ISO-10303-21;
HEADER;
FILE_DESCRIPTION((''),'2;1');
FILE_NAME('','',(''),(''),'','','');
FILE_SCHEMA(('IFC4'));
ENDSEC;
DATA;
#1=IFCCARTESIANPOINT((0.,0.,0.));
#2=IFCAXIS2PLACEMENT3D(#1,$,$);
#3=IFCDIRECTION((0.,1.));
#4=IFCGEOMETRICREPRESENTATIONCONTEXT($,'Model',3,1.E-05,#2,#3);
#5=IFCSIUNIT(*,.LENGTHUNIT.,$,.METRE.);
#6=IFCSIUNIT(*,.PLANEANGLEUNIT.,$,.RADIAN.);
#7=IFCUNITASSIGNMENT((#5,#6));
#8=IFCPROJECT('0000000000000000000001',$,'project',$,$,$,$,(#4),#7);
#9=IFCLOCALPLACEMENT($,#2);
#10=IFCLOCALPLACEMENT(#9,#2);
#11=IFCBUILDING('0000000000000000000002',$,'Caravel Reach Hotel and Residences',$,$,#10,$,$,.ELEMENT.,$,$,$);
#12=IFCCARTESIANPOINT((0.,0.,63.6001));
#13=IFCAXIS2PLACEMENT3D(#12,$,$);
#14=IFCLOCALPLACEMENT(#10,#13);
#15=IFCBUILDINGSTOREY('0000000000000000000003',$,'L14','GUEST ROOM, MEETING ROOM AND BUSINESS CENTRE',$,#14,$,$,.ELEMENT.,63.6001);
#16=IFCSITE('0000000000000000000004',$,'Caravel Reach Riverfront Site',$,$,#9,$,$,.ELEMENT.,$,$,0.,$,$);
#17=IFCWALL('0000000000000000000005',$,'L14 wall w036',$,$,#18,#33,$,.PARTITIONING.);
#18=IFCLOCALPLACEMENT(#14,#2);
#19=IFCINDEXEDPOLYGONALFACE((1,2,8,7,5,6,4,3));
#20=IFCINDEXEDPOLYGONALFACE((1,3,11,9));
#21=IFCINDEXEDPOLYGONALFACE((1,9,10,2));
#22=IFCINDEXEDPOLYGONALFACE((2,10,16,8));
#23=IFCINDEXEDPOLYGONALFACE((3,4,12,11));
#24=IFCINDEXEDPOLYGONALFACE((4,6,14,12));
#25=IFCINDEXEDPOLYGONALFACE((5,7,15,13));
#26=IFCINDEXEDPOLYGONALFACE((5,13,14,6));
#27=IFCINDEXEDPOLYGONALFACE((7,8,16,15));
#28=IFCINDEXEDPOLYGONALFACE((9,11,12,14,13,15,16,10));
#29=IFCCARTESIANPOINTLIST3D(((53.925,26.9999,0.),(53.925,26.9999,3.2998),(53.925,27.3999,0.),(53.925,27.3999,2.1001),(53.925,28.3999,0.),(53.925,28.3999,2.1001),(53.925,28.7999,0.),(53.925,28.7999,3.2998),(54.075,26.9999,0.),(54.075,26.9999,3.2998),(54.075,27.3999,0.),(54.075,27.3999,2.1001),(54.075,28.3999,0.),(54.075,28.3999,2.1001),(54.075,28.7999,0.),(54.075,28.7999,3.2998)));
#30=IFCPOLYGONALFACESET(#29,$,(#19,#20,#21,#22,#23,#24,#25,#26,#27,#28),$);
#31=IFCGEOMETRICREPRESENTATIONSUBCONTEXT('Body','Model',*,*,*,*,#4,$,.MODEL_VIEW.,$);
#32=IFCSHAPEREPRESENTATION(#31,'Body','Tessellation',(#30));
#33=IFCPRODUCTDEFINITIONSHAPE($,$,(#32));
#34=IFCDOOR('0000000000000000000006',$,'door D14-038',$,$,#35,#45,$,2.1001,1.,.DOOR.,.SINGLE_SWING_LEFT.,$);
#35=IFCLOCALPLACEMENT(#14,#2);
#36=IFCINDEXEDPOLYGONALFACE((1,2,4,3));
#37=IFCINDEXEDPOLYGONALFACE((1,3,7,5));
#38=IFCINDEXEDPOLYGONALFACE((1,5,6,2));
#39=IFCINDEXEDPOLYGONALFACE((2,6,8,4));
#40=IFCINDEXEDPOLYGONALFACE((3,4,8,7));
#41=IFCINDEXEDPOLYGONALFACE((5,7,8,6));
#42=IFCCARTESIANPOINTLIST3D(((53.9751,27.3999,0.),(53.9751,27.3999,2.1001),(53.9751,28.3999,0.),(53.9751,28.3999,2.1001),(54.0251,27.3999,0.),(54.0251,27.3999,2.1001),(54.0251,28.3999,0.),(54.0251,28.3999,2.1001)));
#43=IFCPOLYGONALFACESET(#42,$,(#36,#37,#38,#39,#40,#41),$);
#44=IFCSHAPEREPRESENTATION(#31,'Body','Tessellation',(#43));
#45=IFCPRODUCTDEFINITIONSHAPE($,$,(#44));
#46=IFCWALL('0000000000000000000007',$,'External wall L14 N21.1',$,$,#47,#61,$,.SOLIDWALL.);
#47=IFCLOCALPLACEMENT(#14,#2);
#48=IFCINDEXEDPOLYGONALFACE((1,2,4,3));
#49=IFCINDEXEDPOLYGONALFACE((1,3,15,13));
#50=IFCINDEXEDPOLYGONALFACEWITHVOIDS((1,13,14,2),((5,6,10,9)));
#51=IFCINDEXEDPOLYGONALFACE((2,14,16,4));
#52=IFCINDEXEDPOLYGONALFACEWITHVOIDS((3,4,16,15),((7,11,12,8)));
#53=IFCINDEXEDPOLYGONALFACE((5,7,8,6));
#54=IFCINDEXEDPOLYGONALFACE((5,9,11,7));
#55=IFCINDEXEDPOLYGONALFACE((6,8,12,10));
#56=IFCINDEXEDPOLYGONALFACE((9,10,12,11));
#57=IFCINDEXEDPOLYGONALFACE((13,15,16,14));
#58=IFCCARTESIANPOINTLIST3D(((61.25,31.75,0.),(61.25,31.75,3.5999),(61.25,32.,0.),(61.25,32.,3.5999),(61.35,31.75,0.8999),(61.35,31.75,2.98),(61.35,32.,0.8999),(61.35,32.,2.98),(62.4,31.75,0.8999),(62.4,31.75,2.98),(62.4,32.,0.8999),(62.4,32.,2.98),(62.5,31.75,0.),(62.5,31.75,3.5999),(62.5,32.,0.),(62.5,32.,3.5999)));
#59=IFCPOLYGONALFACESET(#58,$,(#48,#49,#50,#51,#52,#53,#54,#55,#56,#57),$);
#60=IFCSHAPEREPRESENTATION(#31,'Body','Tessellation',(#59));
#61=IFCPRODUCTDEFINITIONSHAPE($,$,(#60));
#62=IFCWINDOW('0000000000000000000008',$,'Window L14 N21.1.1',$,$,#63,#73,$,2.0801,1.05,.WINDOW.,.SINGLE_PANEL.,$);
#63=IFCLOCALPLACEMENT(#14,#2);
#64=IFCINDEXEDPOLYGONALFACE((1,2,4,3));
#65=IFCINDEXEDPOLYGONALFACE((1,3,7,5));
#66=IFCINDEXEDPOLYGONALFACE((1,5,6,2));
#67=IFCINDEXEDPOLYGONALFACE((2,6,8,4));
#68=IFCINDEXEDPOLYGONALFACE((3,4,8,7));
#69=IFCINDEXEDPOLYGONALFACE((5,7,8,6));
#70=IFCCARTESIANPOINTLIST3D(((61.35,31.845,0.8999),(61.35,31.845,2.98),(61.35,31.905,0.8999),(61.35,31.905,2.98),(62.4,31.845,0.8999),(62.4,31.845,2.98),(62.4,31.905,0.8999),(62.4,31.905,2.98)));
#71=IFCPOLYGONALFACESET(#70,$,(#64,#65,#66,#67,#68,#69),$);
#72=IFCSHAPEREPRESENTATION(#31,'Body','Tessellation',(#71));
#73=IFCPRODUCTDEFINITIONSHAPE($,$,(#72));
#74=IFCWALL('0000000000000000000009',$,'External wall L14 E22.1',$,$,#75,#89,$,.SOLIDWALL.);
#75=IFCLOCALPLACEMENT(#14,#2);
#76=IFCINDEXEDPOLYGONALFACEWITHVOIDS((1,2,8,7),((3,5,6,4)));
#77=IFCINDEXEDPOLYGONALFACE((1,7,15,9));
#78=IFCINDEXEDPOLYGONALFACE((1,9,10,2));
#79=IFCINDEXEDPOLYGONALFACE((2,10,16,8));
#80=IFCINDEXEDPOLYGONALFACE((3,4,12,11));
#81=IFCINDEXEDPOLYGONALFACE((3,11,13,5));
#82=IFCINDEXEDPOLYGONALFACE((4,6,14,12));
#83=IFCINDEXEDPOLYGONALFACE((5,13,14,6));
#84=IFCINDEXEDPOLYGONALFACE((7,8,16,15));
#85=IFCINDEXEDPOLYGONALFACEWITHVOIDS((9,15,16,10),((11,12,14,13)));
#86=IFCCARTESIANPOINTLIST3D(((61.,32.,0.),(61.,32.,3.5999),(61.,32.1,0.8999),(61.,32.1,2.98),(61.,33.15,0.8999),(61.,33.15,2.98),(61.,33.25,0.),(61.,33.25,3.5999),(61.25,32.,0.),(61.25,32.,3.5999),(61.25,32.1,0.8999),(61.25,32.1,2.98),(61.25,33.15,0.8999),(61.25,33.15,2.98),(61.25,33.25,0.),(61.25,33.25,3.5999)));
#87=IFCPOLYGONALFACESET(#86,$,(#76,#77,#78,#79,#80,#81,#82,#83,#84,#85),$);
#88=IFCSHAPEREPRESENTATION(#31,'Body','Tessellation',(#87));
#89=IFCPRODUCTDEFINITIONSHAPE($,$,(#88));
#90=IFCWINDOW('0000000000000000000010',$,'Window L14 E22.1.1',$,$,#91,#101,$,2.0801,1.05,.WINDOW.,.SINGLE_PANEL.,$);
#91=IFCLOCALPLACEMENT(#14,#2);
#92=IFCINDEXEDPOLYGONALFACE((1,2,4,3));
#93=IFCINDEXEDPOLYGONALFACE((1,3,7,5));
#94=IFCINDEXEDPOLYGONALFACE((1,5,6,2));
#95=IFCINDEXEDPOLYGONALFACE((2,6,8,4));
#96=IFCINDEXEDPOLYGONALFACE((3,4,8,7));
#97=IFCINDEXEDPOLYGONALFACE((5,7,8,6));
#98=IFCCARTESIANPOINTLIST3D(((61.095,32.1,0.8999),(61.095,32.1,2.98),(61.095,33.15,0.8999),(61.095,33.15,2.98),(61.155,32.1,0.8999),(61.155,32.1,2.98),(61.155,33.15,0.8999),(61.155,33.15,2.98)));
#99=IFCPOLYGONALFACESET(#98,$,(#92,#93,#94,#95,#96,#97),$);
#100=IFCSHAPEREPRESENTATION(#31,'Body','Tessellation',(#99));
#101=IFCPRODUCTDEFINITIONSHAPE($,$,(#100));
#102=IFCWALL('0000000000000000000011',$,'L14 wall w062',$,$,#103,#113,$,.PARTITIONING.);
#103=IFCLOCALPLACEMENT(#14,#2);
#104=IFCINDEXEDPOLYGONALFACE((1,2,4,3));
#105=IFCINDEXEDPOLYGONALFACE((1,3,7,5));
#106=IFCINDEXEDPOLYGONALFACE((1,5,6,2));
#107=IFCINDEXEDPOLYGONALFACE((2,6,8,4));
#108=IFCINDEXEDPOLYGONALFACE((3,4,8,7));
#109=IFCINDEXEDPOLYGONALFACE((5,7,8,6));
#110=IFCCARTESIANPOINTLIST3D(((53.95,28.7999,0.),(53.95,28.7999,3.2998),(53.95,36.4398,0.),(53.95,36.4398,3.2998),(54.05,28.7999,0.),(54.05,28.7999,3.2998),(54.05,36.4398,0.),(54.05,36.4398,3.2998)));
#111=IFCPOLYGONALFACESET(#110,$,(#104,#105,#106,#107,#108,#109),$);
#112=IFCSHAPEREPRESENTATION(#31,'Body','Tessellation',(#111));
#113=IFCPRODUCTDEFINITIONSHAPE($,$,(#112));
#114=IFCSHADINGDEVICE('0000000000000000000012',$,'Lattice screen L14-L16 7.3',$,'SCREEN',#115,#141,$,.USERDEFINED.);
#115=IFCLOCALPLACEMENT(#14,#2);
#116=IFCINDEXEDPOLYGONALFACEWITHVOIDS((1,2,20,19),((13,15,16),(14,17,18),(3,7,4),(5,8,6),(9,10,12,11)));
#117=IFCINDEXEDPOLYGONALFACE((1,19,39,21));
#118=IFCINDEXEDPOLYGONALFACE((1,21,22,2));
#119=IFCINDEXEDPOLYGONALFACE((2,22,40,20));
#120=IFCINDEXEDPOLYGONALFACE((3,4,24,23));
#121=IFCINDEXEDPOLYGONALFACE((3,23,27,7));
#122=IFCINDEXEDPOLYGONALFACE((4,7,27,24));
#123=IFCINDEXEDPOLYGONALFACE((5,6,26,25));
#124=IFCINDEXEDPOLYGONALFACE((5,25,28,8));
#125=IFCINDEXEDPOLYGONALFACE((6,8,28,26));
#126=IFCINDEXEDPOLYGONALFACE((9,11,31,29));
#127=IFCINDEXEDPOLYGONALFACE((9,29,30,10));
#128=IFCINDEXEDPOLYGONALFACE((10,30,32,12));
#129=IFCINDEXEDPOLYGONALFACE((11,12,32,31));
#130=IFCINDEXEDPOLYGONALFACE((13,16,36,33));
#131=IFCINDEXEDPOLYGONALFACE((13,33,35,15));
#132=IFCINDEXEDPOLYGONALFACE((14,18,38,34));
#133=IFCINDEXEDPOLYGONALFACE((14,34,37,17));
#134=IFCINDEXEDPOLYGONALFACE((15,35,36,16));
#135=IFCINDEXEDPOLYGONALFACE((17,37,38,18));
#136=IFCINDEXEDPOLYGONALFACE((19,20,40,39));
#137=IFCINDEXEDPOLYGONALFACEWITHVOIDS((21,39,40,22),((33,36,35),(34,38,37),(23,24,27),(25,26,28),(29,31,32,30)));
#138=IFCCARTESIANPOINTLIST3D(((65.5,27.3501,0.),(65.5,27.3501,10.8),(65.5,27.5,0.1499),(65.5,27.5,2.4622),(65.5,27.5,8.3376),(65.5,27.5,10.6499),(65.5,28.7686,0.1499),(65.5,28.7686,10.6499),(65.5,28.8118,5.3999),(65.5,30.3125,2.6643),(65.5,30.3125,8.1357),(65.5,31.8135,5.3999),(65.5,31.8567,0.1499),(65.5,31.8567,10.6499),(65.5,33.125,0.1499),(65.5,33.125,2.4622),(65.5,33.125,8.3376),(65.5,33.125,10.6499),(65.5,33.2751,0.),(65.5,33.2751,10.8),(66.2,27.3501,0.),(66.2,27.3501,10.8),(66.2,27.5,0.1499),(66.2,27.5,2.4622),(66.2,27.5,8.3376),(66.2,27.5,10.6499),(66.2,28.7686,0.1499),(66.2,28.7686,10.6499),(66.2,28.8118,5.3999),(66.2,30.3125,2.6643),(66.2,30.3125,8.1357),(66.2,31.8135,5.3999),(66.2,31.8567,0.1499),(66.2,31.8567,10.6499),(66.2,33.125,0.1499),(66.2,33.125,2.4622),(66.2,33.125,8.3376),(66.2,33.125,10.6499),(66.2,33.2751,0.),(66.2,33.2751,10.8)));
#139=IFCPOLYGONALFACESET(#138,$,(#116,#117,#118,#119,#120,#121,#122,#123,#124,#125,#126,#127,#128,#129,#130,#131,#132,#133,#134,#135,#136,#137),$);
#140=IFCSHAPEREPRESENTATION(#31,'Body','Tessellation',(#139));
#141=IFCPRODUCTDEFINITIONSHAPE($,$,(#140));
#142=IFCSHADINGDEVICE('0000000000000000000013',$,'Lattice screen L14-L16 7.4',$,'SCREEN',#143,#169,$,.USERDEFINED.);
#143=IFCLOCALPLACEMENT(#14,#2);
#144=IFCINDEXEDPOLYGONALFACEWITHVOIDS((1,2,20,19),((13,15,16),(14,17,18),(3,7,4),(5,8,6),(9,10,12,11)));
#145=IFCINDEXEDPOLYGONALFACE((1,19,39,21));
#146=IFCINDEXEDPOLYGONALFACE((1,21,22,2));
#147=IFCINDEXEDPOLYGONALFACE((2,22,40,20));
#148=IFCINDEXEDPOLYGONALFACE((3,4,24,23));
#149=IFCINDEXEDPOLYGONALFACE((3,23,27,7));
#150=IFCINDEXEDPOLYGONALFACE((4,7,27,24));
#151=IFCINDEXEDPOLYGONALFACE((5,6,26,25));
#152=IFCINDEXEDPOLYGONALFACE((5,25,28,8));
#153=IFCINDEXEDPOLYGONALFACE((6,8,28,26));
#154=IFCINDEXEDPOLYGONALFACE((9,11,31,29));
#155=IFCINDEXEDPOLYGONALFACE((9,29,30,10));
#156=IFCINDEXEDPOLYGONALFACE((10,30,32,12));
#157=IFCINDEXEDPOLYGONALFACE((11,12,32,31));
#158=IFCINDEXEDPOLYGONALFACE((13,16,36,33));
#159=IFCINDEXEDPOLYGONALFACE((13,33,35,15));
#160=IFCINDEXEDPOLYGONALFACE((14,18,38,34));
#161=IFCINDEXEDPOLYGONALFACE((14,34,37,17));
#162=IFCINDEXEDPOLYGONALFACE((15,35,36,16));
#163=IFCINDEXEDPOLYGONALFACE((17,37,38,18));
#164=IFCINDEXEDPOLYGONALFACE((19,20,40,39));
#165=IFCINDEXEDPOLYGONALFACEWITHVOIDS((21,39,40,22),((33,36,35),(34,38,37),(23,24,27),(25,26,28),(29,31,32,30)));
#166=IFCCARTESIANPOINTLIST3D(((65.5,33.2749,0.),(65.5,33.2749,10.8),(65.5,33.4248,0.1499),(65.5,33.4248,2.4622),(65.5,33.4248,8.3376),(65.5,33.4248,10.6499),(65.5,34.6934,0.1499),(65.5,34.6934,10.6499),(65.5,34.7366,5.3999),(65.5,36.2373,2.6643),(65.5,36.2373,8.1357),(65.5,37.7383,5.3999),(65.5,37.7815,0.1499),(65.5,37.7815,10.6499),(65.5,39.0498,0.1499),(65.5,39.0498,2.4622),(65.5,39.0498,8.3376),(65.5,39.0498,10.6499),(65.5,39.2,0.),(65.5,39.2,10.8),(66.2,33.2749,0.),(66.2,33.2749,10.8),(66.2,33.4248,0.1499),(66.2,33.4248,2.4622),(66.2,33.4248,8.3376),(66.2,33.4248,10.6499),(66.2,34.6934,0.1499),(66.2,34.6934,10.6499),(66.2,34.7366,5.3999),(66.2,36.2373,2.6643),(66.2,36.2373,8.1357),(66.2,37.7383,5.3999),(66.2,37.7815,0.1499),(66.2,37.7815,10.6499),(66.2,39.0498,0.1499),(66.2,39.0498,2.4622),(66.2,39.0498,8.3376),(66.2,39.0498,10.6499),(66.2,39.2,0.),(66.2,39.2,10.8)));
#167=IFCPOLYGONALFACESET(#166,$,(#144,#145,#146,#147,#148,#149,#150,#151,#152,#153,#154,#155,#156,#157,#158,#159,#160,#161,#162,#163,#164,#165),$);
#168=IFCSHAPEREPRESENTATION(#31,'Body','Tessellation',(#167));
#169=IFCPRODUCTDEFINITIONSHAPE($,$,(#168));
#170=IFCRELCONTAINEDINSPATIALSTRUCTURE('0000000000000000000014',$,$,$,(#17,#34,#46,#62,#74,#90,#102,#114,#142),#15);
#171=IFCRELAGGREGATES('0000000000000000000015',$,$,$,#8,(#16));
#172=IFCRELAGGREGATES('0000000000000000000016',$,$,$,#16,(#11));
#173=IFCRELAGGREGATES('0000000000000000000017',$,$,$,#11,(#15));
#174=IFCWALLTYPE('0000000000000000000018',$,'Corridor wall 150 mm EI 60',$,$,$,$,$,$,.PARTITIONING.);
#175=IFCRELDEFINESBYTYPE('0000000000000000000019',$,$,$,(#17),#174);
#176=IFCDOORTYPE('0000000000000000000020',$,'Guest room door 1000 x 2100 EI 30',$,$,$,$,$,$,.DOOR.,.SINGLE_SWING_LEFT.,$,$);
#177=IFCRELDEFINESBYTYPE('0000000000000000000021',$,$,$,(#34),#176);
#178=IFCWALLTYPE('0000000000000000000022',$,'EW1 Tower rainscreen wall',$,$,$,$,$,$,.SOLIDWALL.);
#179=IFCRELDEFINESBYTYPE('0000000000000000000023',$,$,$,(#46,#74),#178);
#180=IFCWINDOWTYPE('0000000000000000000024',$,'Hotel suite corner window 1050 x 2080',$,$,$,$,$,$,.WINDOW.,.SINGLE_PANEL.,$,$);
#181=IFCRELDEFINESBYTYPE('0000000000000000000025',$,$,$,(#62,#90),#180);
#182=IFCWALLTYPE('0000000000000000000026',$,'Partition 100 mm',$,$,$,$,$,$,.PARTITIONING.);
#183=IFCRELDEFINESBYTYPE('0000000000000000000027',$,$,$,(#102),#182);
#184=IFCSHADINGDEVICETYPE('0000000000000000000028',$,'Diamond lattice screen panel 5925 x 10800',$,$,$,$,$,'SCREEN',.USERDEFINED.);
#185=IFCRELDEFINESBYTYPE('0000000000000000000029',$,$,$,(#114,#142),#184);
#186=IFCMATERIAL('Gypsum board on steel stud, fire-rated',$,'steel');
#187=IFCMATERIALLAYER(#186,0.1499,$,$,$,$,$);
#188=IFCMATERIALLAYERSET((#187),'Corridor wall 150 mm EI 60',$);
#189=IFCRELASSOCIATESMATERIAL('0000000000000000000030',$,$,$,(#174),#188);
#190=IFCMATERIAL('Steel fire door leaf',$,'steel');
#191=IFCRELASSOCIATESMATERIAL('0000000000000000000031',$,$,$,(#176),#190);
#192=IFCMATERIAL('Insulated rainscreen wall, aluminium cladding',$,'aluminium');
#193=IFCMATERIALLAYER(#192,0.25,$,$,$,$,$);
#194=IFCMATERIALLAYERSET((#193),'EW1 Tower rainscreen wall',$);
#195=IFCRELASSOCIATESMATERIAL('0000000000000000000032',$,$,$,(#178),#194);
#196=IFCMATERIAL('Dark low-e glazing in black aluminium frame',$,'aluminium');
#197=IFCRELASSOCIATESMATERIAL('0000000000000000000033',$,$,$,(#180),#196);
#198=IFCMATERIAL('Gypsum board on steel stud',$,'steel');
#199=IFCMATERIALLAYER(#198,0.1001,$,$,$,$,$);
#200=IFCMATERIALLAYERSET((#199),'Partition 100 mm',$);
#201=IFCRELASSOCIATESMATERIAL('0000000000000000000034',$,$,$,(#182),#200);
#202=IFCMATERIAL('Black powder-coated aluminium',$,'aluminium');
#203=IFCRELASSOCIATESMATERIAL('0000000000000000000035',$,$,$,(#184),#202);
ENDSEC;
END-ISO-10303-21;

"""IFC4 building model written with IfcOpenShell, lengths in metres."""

from ifc_helpers import new_model, si_unit, direction, frame, frame_2d, origin, place, context, subcontext, project, spatial, polyline, rectangle, outline, extrude, material, layer, layer_set, type_object, element, fill, save


model = new_model("IFC4")

# Units and contexts
model_context = context("Model", 3, precision=1e-05, world=origin(), true_north=direction((0.0, 1.0)))
body_context = subcontext(model_context, "Body", "Model", "MODEL_VIEW")
ifc_project = project(units=[si_unit("LENGTHUNIT", "METRE"), si_unit("PLANEANGLEUNIT", "RADIAN")], contexts=[model_context])

# Site, building, storey
site_placement = place(None, origin())
site = spatial("IfcSite", under=ifc_project, at=site_placement, Name="Caravel Reach Riverfront Site", CompositionType="ELEMENT", RefElevation=0.0)
building_placement = place(site_placement, origin())
building = spatial("IfcBuilding", under=site, at=building_placement, Name="Caravel Reach Hotel and Residences", CompositionType="ELEMENT")
storey_placement = place(building_placement, frame((0.0, 0.0, 63.6001)))
storey = spatial("IfcBuildingStorey", under=building, at=storey_placement, Name="L14", Description="GUEST ROOM, MEETING ROOM AND BUSINESS CENTRE", CompositionType="ELEMENT", Elevation=63.6001)

# Wall, opening, door
ifc_material_1 = material(Name="Gypsum board on steel stud, fire-rated", Category="steel")
ifc_layer_1 = layer(ifc_material_1, 0.1499)
ifc_layer_set_1 = layer_set([ifc_layer_1], Name="Corridor wall 150 mm EI 60")
wall_type_1 = type_object("IfcWallType", Name="Corridor wall 150 mm EI 60", PredefinedType="PARTITIONING", material=ifc_layer_set_1)
wall_1_placement = place(storey_placement, frame((54.0, 27.0, 0.0), z_axis=(0.0, 0.0, 1.0), x_axis=(0.0, 1.0, 0.0)))
wall_1 = element("IfcWall", 1, at=wall_1_placement, inside=storey, type_object=wall_type_1, Name="L14 wall w036", PredefinedType="PARTITIONING", context=body_context, shape_type="SweptSolid", body=[
    extrude(rectangle(XDim=1.8, YDim=0.1499, at=frame_2d((0.8999, 0.0))), origin(), (0.0, 0.0, 1.0), 3.2998),
])
opening_1_placement = place(wall_1_placement, frame((0.3999, 0.0, 0.0)))
opening_1 = element("IfcOpeningElement", 2, at=opening_1_placement, cuts=wall_1, PredefinedType="OPENING", context=body_context, shape_type="SweptSolid", body=[
    extrude(rectangle(XDim=1.0, YDim=2.1001, at=frame_2d((0.5, 1.05))), frame((0.0, 0.085, 0.0), z_axis=(0.0, -1.0, 0.0), x_axis=(1.0, 0.0, 0.0)), (0.0, 0.0, 1.0), 0.1699),
])
ifc_material_2 = material(Name="Steel fire door leaf", Category="steel")
door_type = type_object("IfcDoorType", Name="Guest room door 1000 x 2100 EI 30", OperationType="SINGLE_SWING_LEFT", PredefinedType="DOOR", material=ifc_material_2)
door_placement = place(opening_1_placement, origin())
door = element("IfcDoor", 3, at=door_placement, inside=storey, type_object=door_type, Name="door D14-038", OperationType="SINGLE_SWING_LEFT", OverallHeight=2.1001, OverallWidth=1.0, PredefinedType="DOOR", context=body_context, shape_type="SweptSolid", body=[
    extrude(rectangle(XDim=1.0, YDim=2.1001, at=frame_2d((0.5, 1.05))), frame((0.0, 0.0249, 0.0), z_axis=(0.0, -1.0, 0.0), x_axis=(1.0, 0.0, 0.0)), (0.0, 0.0, 1.0), 0.05),
])
fill(opening_1, door)

# Walls, openings, windows
ifc_material_3 = material(Name="Insulated rainscreen wall, aluminium cladding", Category="aluminium")
ifc_layer_2 = layer(ifc_material_3, 0.25)
ifc_layer_set_2 = layer_set([ifc_layer_2], Name="EW1 Tower rainscreen wall")
wall_type_2 = type_object("IfcWallType", Name="EW1 Tower rainscreen wall", PredefinedType="SOLIDWALL", material=ifc_layer_set_2)
wall_2_placement = place(storey_placement, frame((62.5, 31.875, 0.0), z_axis=(0.0, 0.0, 1.0), x_axis=(-1.0, 0.0, 0.0)))
wall_2 = element("IfcWall", 4, at=wall_2_placement, inside=storey, type_object=wall_type_2, Name="External wall L14 N21.1", PredefinedType="SOLIDWALL", context=body_context, shape_type="SweptSolid", body=[
    extrude(rectangle(XDim=1.25, YDim=0.25, at=frame_2d((0.625, 0.0))), origin(), (0.0, 0.0, 1.0), 3.5999),
])
opening_2_placement = place(wall_2_placement, frame((0.1001, 0.0, 0.8999)))
opening_2 = element("IfcOpeningElement", 5, at=opening_2_placement, cuts=wall_2, PredefinedType="OPENING", context=body_context, shape_type="SweptSolid", body=[
    extrude(rectangle(XDim=1.05, YDim=2.0801, at=frame_2d((0.5249, 1.04))), frame((0.0, 0.135, 0.0), z_axis=(0.0, -1.0, 0.0), x_axis=(1.0, 0.0, 0.0)), (0.0, 0.0, 1.0), 0.27),
])
ifc_material_4 = material(Name="Dark low-e glazing in black aluminium frame", Category="aluminium")
window_type = type_object("IfcWindowType", Name="Hotel suite corner window 1050 x 2080", PartitioningType="SINGLE_PANEL", PredefinedType="WINDOW", material=ifc_material_4)
window_1_placement = place(opening_2_placement, origin())
window_1 = element("IfcWindow", 6, at=window_1_placement, inside=storey, type_object=window_type, Name="Window L14 N21.1.1", OverallHeight=2.0801, OverallWidth=1.05, PartitioningType="SINGLE_PANEL", PredefinedType="WINDOW", context=body_context, shape_type="SweptSolid", body=[
    extrude(rectangle(XDim=1.05, YDim=2.0801, at=frame_2d((0.5249, 1.04))), frame((0.0, 0.03, 0.0), z_axis=(0.0, -1.0, 0.0), x_axis=(1.0, 0.0, 0.0)), (0.0, 0.0, 1.0), 0.0601),
])
fill(opening_2, window_1)
wall_3_placement = place(storey_placement, frame((61.125, 32.0, 0.0), z_axis=(0.0, 0.0, 1.0), x_axis=(0.0, 1.0, 0.0)))
wall_3 = element("IfcWall", 7, at=wall_3_placement, inside=storey, type_object=wall_type_2, Name="External wall L14 E22.1", PredefinedType="SOLIDWALL", context=body_context, shape_type="SweptSolid", body=[
    extrude(rectangle(XDim=1.25, YDim=0.25, at=frame_2d((0.625, 0.0))), origin(), (0.0, 0.0, 1.0), 3.5999),
])
opening_3_placement = place(wall_3_placement, frame((0.1001, 0.0, 0.8999)))
opening_3 = element("IfcOpeningElement", 8, at=opening_3_placement, cuts=wall_3, PredefinedType="OPENING", context=body_context, shape_type="SweptSolid", body=[
    extrude(rectangle(XDim=1.05, YDim=2.0801, at=frame_2d((0.5249, 1.04))), frame((0.0, 0.135, 0.0), z_axis=(0.0, -1.0, 0.0), x_axis=(1.0, 0.0, 0.0)), (0.0, 0.0, 1.0), 0.27),
])
window_2_placement = place(opening_3_placement, origin())
window_2 = element("IfcWindow", 9, at=window_2_placement, inside=storey, type_object=window_type, Name="Window L14 E22.1.1", OverallHeight=2.0801, OverallWidth=1.05, PartitioningType="SINGLE_PANEL", PredefinedType="WINDOW", context=body_context, shape_type="SweptSolid", body=[
    extrude(rectangle(XDim=1.05, YDim=2.0801, at=frame_2d((0.5249, 1.04))), frame((0.0, 0.03, 0.0), z_axis=(0.0, -1.0, 0.0), x_axis=(1.0, 0.0, 0.0)), (0.0, 0.0, 1.0), 0.0601),
])
fill(opening_3, window_2)

# Wall
ifc_material_5 = material(Name="Gypsum board on steel stud", Category="steel")
ifc_layer_3 = layer(ifc_material_5, 0.1001)
ifc_layer_set_3 = layer_set([ifc_layer_3], Name="Partition 100 mm")
wall_type_3 = type_object("IfcWallType", Name="Partition 100 mm", PredefinedType="PARTITIONING", material=ifc_layer_set_3)
wall_4_placement = place(storey_placement, frame((54.0, 28.8, 0.0), z_axis=(0.0, 0.0, 1.0), x_axis=(0.0, 1.0, 0.0)))
element("IfcWall", 10, at=wall_4_placement, inside=storey, type_object=wall_type_3, Name="L14 wall w062", PredefinedType="PARTITIONING", context=body_context, shape_type="SweptSolid", body=[
    extrude(rectangle(XDim=7.6399, YDim=0.1001, at=frame_2d((3.8198, 0.0))), origin(), (0.0, 0.0, 1.0), 3.2998),
])

# Shading devices
ifc_material_6 = material(Name="Black powder-coated aluminium", Category="aluminium")
shading_device_type = type_object("IfcShadingDeviceType", Name="Diamond lattice screen panel 5925 x 10800", ElementType="SCREEN", PredefinedType="USERDEFINED", material=ifc_material_6)
for number, where, z_axis, x_axis, name in (
    (11, (65.5, 27.3501, 0.0), (1.0, 0.0, 0.0), (0.0, 1.0, 0.0), "Lattice screen L14-L16 7.3"),
    (12, (65.5, 33.2749, 0.0), (1.0, 0.0, 0.0), (0.0, 1.0, 0.0), "Lattice screen L14-L16 7.4"),
):
    element("IfcShadingDevice", number, at=place(storey_placement, frame(where, z_axis=z_axis, x_axis=x_axis)), inside=storey, type_object=shading_device_type, Name=name, ObjectType="SCREEN", PredefinedType="USERDEFINED", context=body_context, shape_type="SweptSolid", body=[
        extrude(outline(polyline([(0.0, 0.0), (5.925, 0.0), (5.925, 10.8), (0.0, 10.8), (0.0, 0.0)]), holes=[polyline([(1.4185, 0.1499), (0.1499, 2.4622), (0.1499, 0.1499), (1.4185, 0.1499)]), polyline([(0.1499, 8.3376), (1.4185, 10.6499), (0.1499, 10.6499), (0.1499, 8.3376)]), polyline([(2.9624, 8.1357), (1.4617, 5.3999), (2.9624, 2.6643), (4.4634, 5.3999), (2.9624, 8.1357)]), polyline([(5.7749, 2.4622), (4.5066, 0.1499), (5.7749, 0.1499), (5.7749, 2.4622)]), polyline([(4.5066, 10.6499), (5.7749, 8.3376), (5.7749, 10.6499), (4.5066, 10.6499)])]), origin(), (0.0, 0.0, 1.0), 0.7),
    ])

save(model, "model.ifc")
